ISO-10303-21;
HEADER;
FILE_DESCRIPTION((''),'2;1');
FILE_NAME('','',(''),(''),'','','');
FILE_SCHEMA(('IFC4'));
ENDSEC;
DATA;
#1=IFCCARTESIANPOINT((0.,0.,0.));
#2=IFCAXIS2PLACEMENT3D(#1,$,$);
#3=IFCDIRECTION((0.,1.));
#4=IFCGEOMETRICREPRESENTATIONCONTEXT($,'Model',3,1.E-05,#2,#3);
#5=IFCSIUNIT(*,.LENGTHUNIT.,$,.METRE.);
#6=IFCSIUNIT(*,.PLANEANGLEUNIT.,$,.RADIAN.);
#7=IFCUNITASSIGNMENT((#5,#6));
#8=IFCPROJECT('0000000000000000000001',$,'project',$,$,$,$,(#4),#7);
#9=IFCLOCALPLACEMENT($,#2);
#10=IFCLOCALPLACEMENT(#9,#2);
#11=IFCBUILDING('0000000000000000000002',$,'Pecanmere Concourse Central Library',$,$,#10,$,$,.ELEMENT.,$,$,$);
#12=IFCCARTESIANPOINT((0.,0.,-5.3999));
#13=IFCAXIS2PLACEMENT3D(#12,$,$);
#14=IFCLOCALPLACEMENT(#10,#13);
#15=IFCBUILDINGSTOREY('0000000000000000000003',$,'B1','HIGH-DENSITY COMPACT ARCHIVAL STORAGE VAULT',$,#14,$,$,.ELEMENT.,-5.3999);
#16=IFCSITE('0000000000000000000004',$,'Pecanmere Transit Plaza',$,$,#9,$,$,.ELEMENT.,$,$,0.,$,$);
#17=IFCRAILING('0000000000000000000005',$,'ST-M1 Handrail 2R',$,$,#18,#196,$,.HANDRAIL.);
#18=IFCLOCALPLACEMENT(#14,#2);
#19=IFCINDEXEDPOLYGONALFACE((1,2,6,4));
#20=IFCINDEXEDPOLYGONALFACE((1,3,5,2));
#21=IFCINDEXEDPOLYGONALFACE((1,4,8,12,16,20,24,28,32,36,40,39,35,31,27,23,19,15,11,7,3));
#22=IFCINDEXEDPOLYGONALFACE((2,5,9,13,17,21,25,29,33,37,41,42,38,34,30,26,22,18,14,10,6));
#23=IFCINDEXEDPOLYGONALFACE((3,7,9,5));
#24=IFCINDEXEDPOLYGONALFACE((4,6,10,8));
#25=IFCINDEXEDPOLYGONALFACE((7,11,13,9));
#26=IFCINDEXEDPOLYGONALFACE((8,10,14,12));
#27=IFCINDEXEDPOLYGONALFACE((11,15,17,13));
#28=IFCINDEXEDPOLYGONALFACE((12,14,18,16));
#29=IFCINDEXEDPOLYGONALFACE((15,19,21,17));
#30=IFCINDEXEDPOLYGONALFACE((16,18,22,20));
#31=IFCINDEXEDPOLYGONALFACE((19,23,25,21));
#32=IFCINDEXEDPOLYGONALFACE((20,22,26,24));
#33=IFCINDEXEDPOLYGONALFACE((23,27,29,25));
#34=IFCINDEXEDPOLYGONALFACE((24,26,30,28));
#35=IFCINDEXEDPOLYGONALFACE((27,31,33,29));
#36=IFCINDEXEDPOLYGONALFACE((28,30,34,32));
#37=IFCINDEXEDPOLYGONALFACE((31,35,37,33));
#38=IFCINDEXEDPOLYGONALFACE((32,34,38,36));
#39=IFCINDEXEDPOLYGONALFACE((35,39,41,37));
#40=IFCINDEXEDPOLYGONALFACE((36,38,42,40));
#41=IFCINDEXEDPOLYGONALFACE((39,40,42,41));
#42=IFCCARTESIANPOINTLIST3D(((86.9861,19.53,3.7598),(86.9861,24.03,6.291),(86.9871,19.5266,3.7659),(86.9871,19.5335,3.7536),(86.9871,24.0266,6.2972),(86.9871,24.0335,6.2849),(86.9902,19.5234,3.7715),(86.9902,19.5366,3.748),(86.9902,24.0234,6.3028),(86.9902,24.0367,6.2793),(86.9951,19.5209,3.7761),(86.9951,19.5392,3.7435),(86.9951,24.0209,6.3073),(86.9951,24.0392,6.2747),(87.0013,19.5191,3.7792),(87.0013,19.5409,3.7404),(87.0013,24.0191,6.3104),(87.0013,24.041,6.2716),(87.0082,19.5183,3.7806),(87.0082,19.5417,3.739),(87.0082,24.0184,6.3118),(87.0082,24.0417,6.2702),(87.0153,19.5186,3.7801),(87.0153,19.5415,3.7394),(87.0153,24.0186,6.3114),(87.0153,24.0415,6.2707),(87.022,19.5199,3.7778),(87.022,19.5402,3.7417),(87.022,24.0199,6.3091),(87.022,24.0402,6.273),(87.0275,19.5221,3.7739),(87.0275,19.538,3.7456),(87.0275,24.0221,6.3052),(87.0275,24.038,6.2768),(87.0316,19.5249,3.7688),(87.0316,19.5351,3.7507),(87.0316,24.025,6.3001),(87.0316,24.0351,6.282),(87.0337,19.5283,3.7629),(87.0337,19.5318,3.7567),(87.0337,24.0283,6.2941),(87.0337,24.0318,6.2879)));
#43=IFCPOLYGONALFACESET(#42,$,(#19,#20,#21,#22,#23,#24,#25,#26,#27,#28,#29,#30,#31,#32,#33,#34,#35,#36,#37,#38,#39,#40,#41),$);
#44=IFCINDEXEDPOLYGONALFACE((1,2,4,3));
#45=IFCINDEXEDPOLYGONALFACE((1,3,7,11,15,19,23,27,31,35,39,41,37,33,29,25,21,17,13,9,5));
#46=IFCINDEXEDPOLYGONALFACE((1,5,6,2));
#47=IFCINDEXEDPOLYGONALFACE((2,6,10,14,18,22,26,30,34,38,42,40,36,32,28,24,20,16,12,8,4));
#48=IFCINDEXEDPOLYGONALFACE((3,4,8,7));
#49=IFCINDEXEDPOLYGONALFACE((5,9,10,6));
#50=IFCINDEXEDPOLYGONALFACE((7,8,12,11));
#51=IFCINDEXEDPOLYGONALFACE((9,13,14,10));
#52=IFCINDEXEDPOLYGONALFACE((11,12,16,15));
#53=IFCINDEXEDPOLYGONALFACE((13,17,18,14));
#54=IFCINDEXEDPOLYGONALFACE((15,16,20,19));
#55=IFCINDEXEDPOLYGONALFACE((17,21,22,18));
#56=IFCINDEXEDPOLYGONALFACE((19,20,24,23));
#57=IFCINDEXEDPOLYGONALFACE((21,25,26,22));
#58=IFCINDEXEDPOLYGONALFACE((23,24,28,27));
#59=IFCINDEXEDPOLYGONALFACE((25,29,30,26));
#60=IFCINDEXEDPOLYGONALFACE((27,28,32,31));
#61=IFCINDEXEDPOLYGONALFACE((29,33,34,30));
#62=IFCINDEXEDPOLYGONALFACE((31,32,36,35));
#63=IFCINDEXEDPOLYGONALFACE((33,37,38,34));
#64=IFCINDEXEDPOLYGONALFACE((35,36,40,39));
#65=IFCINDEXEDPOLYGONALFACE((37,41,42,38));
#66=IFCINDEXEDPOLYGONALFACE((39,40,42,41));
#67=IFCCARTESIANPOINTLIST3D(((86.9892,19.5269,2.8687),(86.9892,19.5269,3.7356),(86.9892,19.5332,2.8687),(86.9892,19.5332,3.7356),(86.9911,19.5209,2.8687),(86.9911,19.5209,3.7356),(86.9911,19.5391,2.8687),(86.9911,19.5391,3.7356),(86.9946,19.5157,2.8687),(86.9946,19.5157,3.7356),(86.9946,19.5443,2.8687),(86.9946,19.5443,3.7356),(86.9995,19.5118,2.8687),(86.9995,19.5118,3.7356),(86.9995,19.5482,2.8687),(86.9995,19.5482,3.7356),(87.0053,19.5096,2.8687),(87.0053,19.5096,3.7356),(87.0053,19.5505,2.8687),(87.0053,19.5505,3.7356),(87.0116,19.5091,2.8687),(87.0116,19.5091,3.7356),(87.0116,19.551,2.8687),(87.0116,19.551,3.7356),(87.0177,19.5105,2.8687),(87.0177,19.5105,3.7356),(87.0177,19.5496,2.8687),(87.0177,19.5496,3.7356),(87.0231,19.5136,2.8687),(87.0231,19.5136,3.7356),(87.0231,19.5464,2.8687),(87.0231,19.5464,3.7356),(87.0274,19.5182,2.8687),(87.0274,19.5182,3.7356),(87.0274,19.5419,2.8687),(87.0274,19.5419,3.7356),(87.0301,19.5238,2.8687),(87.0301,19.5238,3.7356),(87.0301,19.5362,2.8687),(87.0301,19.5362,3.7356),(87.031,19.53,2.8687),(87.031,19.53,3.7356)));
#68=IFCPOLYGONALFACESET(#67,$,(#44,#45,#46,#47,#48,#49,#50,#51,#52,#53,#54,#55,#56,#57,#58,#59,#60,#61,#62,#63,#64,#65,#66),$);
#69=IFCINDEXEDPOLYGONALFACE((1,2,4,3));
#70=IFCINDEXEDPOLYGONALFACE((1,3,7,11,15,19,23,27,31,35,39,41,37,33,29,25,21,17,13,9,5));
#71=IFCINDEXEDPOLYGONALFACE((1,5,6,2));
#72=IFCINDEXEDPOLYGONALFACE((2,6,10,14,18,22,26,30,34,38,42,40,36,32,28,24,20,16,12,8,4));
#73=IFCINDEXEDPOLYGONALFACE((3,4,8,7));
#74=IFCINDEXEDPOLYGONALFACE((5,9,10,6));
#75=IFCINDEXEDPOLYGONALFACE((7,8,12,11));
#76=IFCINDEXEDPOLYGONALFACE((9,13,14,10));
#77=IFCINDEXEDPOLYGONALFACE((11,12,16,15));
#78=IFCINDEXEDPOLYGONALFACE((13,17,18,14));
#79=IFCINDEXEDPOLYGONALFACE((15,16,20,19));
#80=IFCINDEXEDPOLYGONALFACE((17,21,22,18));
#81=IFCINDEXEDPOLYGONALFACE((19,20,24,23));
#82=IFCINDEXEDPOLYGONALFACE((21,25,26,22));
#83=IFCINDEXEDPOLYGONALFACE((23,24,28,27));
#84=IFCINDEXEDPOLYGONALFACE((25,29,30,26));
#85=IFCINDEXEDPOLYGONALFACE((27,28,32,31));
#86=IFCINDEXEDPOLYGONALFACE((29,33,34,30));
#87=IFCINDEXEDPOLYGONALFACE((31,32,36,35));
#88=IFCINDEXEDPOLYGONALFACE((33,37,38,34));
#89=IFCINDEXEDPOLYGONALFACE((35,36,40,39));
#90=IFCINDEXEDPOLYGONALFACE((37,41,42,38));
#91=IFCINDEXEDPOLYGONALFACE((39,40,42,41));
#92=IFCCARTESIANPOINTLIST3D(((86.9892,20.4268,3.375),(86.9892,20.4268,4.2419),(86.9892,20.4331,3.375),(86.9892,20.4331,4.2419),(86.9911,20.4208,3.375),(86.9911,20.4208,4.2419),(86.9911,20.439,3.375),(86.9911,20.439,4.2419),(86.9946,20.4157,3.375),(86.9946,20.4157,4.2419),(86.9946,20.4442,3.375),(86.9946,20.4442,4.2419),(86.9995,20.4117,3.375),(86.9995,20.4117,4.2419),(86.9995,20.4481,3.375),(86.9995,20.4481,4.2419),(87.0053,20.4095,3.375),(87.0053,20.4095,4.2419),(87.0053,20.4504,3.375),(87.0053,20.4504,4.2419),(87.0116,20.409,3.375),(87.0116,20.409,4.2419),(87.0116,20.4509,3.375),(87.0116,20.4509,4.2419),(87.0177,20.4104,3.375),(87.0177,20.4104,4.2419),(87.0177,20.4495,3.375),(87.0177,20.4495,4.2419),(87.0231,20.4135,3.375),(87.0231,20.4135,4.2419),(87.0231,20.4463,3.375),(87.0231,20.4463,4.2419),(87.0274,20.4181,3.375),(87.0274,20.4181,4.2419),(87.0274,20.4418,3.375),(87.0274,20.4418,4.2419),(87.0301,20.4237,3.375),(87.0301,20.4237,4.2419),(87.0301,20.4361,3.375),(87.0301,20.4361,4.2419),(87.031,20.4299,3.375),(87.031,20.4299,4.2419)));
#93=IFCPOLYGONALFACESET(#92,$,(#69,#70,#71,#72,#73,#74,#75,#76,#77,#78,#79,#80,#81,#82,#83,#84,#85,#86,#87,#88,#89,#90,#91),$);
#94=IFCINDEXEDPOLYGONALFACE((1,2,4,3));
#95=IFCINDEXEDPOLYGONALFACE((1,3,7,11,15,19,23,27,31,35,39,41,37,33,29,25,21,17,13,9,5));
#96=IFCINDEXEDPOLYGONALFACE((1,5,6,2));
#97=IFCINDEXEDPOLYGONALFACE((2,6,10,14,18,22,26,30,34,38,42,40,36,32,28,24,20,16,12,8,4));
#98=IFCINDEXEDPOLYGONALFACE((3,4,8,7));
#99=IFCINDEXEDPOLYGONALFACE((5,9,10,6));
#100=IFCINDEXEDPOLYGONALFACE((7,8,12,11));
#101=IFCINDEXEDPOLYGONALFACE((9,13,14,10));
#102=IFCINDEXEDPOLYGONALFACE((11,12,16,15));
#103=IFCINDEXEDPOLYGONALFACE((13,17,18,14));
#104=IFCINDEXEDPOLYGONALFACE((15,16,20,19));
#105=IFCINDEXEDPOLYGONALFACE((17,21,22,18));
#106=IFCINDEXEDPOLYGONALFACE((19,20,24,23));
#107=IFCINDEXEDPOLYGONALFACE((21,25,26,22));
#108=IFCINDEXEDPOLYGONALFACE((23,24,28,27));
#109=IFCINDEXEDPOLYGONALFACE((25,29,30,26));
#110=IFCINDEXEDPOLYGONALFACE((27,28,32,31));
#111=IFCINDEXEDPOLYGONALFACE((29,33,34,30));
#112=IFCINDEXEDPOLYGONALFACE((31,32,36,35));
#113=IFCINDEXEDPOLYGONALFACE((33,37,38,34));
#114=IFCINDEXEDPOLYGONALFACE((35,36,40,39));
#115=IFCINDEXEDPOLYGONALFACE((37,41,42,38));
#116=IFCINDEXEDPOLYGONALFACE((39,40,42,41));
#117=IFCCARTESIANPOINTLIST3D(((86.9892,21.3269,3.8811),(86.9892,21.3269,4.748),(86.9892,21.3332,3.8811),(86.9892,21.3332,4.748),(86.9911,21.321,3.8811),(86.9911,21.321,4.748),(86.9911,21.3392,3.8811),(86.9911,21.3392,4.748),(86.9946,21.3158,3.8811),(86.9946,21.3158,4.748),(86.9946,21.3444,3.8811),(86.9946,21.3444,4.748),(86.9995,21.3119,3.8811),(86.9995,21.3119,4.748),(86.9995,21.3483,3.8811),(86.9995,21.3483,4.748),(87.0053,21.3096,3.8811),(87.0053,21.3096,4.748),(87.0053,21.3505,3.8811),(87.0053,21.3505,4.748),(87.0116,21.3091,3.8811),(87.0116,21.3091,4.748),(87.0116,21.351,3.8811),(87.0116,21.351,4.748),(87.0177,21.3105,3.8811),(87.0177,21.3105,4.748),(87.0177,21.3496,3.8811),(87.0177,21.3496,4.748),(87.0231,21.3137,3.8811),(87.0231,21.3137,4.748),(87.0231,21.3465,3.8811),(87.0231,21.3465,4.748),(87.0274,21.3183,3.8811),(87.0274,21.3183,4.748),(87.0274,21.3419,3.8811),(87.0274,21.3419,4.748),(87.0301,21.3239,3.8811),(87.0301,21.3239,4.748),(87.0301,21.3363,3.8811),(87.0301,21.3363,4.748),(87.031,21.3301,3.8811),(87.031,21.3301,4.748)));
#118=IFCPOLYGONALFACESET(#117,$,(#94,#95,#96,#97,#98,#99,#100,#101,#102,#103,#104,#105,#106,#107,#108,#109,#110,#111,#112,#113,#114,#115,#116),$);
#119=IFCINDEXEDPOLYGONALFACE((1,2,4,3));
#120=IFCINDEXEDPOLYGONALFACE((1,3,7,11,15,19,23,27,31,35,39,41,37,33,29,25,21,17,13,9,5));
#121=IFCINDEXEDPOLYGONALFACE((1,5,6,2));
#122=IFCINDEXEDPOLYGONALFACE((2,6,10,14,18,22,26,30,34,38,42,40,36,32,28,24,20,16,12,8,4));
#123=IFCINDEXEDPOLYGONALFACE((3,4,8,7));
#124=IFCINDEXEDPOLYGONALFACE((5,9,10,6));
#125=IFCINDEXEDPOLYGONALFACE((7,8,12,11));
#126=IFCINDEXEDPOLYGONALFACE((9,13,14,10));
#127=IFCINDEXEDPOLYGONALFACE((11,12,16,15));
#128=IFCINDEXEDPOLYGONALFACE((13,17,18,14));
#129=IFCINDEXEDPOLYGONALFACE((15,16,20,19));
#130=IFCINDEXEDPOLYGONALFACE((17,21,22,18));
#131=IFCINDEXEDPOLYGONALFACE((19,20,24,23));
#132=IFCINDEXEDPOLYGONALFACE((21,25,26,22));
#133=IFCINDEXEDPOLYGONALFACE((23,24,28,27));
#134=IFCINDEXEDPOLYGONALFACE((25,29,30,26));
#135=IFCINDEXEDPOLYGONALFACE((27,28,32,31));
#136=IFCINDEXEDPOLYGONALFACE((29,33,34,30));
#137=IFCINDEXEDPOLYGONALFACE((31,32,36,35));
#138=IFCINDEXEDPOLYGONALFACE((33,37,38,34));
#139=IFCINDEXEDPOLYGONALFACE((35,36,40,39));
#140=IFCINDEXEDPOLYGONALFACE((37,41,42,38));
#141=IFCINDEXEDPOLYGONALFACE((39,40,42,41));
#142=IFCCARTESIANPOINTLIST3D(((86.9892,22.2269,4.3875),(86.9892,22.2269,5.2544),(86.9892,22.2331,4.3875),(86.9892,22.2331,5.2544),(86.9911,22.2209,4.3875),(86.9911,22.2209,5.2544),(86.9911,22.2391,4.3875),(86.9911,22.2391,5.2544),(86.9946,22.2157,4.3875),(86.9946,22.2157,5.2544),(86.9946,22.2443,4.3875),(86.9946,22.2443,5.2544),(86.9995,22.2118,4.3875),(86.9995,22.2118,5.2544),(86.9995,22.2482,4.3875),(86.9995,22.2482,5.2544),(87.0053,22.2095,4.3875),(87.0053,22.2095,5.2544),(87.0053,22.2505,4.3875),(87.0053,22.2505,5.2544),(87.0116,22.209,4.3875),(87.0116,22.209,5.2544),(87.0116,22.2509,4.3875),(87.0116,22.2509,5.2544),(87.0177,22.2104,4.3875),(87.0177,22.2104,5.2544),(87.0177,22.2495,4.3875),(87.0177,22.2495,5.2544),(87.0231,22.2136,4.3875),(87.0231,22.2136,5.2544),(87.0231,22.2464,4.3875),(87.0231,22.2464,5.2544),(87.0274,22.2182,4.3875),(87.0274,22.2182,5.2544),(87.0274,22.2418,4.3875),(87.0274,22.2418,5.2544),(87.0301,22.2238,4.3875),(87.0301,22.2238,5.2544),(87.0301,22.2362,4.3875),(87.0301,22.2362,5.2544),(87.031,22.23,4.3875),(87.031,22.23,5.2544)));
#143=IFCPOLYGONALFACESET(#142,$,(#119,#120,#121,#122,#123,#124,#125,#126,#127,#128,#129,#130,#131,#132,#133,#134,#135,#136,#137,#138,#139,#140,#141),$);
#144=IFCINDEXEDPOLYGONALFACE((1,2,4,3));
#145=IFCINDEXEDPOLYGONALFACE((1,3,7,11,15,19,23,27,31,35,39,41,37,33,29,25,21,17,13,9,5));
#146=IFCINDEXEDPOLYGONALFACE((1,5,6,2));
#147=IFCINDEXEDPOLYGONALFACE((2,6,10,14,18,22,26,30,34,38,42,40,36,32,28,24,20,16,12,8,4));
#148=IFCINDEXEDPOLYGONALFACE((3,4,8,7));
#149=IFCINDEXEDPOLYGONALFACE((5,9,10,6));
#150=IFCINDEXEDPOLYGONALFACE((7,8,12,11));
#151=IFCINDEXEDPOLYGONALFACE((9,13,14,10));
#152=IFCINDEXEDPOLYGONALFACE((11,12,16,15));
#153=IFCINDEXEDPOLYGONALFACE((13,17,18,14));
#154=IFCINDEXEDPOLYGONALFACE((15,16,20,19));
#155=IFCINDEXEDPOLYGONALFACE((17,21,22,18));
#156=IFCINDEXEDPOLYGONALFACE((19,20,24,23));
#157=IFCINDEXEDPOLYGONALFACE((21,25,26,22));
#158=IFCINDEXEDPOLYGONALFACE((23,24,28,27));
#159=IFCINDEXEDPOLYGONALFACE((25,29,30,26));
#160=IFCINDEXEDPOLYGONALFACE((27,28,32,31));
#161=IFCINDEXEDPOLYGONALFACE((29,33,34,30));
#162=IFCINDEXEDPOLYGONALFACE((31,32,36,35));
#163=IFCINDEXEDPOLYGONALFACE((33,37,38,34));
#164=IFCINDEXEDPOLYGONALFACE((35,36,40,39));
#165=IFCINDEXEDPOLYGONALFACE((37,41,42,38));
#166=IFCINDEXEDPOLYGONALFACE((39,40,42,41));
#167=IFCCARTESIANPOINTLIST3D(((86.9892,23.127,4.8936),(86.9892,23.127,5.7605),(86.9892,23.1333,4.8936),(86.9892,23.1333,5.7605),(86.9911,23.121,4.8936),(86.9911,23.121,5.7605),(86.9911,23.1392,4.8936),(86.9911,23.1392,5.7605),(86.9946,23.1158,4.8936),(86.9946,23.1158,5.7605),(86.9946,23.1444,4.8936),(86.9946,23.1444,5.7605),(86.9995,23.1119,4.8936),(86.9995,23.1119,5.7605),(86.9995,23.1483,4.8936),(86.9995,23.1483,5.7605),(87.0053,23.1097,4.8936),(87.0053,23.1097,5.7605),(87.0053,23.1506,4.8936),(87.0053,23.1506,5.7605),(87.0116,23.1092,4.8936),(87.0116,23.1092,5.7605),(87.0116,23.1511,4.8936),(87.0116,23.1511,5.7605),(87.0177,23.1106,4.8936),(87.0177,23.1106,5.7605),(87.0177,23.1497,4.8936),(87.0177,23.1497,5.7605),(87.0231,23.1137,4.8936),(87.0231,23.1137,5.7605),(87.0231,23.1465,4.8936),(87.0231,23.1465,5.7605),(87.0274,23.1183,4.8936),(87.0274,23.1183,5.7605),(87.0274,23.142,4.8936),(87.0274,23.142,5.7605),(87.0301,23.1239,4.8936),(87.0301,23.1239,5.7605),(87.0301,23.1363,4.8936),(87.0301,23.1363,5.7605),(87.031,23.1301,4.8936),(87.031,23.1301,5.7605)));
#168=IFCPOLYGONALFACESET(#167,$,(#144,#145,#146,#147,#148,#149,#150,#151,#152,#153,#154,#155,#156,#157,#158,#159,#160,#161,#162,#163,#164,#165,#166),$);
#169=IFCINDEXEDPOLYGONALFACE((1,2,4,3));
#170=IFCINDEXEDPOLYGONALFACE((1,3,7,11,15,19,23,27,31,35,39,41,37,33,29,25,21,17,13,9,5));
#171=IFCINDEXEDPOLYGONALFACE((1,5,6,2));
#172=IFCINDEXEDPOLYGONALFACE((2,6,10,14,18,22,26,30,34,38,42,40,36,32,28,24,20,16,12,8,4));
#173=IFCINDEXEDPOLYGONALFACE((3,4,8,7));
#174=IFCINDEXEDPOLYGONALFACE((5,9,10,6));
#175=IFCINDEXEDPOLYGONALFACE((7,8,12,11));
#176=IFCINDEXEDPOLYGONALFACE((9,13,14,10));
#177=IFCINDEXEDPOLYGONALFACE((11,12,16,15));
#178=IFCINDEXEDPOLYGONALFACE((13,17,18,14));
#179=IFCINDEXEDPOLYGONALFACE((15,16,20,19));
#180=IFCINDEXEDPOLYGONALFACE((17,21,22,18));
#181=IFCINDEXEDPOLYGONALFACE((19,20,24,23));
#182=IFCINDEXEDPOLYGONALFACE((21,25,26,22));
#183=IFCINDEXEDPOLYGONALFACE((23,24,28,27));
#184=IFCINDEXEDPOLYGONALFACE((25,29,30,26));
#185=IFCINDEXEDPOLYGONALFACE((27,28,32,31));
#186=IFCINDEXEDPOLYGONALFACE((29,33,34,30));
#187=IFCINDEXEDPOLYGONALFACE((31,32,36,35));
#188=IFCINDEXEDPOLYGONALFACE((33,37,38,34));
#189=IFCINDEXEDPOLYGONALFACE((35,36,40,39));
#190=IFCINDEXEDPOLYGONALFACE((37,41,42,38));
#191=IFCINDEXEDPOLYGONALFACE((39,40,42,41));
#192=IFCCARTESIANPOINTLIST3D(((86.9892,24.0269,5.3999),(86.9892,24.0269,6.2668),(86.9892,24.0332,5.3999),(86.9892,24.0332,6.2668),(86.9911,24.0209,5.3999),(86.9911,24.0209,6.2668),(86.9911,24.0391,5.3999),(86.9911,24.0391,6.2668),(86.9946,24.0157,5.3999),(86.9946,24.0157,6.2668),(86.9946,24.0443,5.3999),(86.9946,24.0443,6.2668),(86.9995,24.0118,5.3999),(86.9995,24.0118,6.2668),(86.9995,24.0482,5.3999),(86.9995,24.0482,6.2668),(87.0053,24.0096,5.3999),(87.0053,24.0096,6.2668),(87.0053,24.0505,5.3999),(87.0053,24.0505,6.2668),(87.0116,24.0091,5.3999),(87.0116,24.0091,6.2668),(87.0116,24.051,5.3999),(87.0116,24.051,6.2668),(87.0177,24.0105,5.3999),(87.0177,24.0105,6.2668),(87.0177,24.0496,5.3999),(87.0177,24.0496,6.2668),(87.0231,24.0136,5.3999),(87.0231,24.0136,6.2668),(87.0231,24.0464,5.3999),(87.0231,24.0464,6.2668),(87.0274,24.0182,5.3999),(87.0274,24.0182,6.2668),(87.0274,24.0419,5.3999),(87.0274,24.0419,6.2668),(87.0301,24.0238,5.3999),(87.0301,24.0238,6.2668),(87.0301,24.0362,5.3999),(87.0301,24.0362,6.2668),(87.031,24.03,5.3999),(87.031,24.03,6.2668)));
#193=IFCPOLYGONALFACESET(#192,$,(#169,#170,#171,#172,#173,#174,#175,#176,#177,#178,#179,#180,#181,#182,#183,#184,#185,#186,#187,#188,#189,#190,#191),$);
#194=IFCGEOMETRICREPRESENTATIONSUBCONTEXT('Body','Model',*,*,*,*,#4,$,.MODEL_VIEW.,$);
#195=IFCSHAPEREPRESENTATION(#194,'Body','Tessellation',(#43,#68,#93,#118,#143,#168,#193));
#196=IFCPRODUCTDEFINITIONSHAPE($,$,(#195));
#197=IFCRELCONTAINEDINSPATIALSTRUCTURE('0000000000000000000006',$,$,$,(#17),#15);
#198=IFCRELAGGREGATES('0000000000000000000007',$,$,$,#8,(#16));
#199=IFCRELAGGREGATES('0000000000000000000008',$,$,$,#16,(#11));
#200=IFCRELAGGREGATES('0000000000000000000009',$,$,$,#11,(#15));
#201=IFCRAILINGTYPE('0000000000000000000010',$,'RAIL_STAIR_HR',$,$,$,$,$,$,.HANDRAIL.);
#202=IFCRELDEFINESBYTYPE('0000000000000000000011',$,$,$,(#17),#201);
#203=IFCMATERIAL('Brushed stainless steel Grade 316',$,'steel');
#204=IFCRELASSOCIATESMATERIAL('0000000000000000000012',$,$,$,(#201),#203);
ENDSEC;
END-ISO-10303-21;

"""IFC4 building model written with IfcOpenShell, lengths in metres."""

from ifc_helpers import new_model, si_unit, direction, frame, origin, origin_2d, place, context, subcontext, project, spatial, circle, extrude, material, type_object, element, save


model = new_model("IFC4")

# Units and contexts
model_context = context("Model", 3, precision=1e-05, world=origin(), true_north=direction((0.0, 1.0)))
body_context = subcontext(model_context, "Body", "Model", "MODEL_VIEW")
ifc_project = project(units=[si_unit("LENGTHUNIT", "METRE"), si_unit("PLANEANGLEUNIT", "RADIAN")], contexts=[model_context])

# Site, building, storey
site_placement = place(None, origin())
site = spatial("IfcSite", under=ifc_project, at=site_placement, Name="Pecanmere Transit Plaza", CompositionType="ELEMENT", RefElevation=0.0)
building_placement = place(site_placement, origin())
building = spatial("IfcBuilding", under=site, at=building_placement, Name="Pecanmere Concourse Central Library", CompositionType="ELEMENT")
storey_placement = place(building_placement, frame((0.0, 0.0, -5.3999)))
storey = spatial("IfcBuildingStorey", under=building, at=storey_placement, Name="B1", Description="HIGH-DENSITY COMPACT ARCHIVAL STORAGE VAULT", CompositionType="ELEMENT", Elevation=-5.3999)

# Railing
ifc_material_1 = material(Name="Brushed stainless steel Grade 316", Category="steel")
railing_type_1 = type_object("IfcRailingType", Name="RAIL_STAIR_HR", PredefinedType="HANDRAIL", material=ifc_material_1)
for number, where, name in (
    (1, (87.01, 19.53, 2.8687), "ST-M1 Handrail 2R"),
):
    element("IfcRailing", number, at=place(storey_placement, frame(where)), inside=storey, type_object=railing_type_1, Name=name, PredefinedType="HANDRAIL", context=body_context, shape_type="SweptSolid", body=[
        extrude(circle(Radius=0.0239, at=origin_2d()), frame((0.0, 0.0, 0.8911), z_axis=(0.0, 0.871576, 0.490261), x_axis=(-1.0, 0.0, 0.0)), (0.0, 0.0, 1.0), 5.1631),
        extrude(circle(Radius=0.021, at=origin_2d()), origin(), (0.0, 0.0, 1.0), 0.8669),
        extrude(circle(Radius=0.021, at=origin_2d()), frame((0.0, 0.8999, 0.5063)), (0.0, 0.0, 1.0), 0.8669),
        extrude(circle(Radius=0.021, at=origin_2d()), frame((0.0, 1.8, 1.0125)), (0.0, 0.0, 1.0), 0.8669),
        extrude(circle(Radius=0.021, at=origin_2d()), frame((0.0, 2.7, 1.5188)), (0.0, 0.0, 1.0), 0.8669),
        extrude(circle(Radius=0.021, at=origin_2d()), frame((0.0, 3.6001, 2.0249)), (0.0, 0.0, 1.0), 0.8669),
        extrude(circle(Radius=0.021, at=origin_2d()), frame((0.0, 4.5, 2.5312)), (0.0, 0.0, 1.0), 0.8669),
    ])

save(model, "model.ifc")
